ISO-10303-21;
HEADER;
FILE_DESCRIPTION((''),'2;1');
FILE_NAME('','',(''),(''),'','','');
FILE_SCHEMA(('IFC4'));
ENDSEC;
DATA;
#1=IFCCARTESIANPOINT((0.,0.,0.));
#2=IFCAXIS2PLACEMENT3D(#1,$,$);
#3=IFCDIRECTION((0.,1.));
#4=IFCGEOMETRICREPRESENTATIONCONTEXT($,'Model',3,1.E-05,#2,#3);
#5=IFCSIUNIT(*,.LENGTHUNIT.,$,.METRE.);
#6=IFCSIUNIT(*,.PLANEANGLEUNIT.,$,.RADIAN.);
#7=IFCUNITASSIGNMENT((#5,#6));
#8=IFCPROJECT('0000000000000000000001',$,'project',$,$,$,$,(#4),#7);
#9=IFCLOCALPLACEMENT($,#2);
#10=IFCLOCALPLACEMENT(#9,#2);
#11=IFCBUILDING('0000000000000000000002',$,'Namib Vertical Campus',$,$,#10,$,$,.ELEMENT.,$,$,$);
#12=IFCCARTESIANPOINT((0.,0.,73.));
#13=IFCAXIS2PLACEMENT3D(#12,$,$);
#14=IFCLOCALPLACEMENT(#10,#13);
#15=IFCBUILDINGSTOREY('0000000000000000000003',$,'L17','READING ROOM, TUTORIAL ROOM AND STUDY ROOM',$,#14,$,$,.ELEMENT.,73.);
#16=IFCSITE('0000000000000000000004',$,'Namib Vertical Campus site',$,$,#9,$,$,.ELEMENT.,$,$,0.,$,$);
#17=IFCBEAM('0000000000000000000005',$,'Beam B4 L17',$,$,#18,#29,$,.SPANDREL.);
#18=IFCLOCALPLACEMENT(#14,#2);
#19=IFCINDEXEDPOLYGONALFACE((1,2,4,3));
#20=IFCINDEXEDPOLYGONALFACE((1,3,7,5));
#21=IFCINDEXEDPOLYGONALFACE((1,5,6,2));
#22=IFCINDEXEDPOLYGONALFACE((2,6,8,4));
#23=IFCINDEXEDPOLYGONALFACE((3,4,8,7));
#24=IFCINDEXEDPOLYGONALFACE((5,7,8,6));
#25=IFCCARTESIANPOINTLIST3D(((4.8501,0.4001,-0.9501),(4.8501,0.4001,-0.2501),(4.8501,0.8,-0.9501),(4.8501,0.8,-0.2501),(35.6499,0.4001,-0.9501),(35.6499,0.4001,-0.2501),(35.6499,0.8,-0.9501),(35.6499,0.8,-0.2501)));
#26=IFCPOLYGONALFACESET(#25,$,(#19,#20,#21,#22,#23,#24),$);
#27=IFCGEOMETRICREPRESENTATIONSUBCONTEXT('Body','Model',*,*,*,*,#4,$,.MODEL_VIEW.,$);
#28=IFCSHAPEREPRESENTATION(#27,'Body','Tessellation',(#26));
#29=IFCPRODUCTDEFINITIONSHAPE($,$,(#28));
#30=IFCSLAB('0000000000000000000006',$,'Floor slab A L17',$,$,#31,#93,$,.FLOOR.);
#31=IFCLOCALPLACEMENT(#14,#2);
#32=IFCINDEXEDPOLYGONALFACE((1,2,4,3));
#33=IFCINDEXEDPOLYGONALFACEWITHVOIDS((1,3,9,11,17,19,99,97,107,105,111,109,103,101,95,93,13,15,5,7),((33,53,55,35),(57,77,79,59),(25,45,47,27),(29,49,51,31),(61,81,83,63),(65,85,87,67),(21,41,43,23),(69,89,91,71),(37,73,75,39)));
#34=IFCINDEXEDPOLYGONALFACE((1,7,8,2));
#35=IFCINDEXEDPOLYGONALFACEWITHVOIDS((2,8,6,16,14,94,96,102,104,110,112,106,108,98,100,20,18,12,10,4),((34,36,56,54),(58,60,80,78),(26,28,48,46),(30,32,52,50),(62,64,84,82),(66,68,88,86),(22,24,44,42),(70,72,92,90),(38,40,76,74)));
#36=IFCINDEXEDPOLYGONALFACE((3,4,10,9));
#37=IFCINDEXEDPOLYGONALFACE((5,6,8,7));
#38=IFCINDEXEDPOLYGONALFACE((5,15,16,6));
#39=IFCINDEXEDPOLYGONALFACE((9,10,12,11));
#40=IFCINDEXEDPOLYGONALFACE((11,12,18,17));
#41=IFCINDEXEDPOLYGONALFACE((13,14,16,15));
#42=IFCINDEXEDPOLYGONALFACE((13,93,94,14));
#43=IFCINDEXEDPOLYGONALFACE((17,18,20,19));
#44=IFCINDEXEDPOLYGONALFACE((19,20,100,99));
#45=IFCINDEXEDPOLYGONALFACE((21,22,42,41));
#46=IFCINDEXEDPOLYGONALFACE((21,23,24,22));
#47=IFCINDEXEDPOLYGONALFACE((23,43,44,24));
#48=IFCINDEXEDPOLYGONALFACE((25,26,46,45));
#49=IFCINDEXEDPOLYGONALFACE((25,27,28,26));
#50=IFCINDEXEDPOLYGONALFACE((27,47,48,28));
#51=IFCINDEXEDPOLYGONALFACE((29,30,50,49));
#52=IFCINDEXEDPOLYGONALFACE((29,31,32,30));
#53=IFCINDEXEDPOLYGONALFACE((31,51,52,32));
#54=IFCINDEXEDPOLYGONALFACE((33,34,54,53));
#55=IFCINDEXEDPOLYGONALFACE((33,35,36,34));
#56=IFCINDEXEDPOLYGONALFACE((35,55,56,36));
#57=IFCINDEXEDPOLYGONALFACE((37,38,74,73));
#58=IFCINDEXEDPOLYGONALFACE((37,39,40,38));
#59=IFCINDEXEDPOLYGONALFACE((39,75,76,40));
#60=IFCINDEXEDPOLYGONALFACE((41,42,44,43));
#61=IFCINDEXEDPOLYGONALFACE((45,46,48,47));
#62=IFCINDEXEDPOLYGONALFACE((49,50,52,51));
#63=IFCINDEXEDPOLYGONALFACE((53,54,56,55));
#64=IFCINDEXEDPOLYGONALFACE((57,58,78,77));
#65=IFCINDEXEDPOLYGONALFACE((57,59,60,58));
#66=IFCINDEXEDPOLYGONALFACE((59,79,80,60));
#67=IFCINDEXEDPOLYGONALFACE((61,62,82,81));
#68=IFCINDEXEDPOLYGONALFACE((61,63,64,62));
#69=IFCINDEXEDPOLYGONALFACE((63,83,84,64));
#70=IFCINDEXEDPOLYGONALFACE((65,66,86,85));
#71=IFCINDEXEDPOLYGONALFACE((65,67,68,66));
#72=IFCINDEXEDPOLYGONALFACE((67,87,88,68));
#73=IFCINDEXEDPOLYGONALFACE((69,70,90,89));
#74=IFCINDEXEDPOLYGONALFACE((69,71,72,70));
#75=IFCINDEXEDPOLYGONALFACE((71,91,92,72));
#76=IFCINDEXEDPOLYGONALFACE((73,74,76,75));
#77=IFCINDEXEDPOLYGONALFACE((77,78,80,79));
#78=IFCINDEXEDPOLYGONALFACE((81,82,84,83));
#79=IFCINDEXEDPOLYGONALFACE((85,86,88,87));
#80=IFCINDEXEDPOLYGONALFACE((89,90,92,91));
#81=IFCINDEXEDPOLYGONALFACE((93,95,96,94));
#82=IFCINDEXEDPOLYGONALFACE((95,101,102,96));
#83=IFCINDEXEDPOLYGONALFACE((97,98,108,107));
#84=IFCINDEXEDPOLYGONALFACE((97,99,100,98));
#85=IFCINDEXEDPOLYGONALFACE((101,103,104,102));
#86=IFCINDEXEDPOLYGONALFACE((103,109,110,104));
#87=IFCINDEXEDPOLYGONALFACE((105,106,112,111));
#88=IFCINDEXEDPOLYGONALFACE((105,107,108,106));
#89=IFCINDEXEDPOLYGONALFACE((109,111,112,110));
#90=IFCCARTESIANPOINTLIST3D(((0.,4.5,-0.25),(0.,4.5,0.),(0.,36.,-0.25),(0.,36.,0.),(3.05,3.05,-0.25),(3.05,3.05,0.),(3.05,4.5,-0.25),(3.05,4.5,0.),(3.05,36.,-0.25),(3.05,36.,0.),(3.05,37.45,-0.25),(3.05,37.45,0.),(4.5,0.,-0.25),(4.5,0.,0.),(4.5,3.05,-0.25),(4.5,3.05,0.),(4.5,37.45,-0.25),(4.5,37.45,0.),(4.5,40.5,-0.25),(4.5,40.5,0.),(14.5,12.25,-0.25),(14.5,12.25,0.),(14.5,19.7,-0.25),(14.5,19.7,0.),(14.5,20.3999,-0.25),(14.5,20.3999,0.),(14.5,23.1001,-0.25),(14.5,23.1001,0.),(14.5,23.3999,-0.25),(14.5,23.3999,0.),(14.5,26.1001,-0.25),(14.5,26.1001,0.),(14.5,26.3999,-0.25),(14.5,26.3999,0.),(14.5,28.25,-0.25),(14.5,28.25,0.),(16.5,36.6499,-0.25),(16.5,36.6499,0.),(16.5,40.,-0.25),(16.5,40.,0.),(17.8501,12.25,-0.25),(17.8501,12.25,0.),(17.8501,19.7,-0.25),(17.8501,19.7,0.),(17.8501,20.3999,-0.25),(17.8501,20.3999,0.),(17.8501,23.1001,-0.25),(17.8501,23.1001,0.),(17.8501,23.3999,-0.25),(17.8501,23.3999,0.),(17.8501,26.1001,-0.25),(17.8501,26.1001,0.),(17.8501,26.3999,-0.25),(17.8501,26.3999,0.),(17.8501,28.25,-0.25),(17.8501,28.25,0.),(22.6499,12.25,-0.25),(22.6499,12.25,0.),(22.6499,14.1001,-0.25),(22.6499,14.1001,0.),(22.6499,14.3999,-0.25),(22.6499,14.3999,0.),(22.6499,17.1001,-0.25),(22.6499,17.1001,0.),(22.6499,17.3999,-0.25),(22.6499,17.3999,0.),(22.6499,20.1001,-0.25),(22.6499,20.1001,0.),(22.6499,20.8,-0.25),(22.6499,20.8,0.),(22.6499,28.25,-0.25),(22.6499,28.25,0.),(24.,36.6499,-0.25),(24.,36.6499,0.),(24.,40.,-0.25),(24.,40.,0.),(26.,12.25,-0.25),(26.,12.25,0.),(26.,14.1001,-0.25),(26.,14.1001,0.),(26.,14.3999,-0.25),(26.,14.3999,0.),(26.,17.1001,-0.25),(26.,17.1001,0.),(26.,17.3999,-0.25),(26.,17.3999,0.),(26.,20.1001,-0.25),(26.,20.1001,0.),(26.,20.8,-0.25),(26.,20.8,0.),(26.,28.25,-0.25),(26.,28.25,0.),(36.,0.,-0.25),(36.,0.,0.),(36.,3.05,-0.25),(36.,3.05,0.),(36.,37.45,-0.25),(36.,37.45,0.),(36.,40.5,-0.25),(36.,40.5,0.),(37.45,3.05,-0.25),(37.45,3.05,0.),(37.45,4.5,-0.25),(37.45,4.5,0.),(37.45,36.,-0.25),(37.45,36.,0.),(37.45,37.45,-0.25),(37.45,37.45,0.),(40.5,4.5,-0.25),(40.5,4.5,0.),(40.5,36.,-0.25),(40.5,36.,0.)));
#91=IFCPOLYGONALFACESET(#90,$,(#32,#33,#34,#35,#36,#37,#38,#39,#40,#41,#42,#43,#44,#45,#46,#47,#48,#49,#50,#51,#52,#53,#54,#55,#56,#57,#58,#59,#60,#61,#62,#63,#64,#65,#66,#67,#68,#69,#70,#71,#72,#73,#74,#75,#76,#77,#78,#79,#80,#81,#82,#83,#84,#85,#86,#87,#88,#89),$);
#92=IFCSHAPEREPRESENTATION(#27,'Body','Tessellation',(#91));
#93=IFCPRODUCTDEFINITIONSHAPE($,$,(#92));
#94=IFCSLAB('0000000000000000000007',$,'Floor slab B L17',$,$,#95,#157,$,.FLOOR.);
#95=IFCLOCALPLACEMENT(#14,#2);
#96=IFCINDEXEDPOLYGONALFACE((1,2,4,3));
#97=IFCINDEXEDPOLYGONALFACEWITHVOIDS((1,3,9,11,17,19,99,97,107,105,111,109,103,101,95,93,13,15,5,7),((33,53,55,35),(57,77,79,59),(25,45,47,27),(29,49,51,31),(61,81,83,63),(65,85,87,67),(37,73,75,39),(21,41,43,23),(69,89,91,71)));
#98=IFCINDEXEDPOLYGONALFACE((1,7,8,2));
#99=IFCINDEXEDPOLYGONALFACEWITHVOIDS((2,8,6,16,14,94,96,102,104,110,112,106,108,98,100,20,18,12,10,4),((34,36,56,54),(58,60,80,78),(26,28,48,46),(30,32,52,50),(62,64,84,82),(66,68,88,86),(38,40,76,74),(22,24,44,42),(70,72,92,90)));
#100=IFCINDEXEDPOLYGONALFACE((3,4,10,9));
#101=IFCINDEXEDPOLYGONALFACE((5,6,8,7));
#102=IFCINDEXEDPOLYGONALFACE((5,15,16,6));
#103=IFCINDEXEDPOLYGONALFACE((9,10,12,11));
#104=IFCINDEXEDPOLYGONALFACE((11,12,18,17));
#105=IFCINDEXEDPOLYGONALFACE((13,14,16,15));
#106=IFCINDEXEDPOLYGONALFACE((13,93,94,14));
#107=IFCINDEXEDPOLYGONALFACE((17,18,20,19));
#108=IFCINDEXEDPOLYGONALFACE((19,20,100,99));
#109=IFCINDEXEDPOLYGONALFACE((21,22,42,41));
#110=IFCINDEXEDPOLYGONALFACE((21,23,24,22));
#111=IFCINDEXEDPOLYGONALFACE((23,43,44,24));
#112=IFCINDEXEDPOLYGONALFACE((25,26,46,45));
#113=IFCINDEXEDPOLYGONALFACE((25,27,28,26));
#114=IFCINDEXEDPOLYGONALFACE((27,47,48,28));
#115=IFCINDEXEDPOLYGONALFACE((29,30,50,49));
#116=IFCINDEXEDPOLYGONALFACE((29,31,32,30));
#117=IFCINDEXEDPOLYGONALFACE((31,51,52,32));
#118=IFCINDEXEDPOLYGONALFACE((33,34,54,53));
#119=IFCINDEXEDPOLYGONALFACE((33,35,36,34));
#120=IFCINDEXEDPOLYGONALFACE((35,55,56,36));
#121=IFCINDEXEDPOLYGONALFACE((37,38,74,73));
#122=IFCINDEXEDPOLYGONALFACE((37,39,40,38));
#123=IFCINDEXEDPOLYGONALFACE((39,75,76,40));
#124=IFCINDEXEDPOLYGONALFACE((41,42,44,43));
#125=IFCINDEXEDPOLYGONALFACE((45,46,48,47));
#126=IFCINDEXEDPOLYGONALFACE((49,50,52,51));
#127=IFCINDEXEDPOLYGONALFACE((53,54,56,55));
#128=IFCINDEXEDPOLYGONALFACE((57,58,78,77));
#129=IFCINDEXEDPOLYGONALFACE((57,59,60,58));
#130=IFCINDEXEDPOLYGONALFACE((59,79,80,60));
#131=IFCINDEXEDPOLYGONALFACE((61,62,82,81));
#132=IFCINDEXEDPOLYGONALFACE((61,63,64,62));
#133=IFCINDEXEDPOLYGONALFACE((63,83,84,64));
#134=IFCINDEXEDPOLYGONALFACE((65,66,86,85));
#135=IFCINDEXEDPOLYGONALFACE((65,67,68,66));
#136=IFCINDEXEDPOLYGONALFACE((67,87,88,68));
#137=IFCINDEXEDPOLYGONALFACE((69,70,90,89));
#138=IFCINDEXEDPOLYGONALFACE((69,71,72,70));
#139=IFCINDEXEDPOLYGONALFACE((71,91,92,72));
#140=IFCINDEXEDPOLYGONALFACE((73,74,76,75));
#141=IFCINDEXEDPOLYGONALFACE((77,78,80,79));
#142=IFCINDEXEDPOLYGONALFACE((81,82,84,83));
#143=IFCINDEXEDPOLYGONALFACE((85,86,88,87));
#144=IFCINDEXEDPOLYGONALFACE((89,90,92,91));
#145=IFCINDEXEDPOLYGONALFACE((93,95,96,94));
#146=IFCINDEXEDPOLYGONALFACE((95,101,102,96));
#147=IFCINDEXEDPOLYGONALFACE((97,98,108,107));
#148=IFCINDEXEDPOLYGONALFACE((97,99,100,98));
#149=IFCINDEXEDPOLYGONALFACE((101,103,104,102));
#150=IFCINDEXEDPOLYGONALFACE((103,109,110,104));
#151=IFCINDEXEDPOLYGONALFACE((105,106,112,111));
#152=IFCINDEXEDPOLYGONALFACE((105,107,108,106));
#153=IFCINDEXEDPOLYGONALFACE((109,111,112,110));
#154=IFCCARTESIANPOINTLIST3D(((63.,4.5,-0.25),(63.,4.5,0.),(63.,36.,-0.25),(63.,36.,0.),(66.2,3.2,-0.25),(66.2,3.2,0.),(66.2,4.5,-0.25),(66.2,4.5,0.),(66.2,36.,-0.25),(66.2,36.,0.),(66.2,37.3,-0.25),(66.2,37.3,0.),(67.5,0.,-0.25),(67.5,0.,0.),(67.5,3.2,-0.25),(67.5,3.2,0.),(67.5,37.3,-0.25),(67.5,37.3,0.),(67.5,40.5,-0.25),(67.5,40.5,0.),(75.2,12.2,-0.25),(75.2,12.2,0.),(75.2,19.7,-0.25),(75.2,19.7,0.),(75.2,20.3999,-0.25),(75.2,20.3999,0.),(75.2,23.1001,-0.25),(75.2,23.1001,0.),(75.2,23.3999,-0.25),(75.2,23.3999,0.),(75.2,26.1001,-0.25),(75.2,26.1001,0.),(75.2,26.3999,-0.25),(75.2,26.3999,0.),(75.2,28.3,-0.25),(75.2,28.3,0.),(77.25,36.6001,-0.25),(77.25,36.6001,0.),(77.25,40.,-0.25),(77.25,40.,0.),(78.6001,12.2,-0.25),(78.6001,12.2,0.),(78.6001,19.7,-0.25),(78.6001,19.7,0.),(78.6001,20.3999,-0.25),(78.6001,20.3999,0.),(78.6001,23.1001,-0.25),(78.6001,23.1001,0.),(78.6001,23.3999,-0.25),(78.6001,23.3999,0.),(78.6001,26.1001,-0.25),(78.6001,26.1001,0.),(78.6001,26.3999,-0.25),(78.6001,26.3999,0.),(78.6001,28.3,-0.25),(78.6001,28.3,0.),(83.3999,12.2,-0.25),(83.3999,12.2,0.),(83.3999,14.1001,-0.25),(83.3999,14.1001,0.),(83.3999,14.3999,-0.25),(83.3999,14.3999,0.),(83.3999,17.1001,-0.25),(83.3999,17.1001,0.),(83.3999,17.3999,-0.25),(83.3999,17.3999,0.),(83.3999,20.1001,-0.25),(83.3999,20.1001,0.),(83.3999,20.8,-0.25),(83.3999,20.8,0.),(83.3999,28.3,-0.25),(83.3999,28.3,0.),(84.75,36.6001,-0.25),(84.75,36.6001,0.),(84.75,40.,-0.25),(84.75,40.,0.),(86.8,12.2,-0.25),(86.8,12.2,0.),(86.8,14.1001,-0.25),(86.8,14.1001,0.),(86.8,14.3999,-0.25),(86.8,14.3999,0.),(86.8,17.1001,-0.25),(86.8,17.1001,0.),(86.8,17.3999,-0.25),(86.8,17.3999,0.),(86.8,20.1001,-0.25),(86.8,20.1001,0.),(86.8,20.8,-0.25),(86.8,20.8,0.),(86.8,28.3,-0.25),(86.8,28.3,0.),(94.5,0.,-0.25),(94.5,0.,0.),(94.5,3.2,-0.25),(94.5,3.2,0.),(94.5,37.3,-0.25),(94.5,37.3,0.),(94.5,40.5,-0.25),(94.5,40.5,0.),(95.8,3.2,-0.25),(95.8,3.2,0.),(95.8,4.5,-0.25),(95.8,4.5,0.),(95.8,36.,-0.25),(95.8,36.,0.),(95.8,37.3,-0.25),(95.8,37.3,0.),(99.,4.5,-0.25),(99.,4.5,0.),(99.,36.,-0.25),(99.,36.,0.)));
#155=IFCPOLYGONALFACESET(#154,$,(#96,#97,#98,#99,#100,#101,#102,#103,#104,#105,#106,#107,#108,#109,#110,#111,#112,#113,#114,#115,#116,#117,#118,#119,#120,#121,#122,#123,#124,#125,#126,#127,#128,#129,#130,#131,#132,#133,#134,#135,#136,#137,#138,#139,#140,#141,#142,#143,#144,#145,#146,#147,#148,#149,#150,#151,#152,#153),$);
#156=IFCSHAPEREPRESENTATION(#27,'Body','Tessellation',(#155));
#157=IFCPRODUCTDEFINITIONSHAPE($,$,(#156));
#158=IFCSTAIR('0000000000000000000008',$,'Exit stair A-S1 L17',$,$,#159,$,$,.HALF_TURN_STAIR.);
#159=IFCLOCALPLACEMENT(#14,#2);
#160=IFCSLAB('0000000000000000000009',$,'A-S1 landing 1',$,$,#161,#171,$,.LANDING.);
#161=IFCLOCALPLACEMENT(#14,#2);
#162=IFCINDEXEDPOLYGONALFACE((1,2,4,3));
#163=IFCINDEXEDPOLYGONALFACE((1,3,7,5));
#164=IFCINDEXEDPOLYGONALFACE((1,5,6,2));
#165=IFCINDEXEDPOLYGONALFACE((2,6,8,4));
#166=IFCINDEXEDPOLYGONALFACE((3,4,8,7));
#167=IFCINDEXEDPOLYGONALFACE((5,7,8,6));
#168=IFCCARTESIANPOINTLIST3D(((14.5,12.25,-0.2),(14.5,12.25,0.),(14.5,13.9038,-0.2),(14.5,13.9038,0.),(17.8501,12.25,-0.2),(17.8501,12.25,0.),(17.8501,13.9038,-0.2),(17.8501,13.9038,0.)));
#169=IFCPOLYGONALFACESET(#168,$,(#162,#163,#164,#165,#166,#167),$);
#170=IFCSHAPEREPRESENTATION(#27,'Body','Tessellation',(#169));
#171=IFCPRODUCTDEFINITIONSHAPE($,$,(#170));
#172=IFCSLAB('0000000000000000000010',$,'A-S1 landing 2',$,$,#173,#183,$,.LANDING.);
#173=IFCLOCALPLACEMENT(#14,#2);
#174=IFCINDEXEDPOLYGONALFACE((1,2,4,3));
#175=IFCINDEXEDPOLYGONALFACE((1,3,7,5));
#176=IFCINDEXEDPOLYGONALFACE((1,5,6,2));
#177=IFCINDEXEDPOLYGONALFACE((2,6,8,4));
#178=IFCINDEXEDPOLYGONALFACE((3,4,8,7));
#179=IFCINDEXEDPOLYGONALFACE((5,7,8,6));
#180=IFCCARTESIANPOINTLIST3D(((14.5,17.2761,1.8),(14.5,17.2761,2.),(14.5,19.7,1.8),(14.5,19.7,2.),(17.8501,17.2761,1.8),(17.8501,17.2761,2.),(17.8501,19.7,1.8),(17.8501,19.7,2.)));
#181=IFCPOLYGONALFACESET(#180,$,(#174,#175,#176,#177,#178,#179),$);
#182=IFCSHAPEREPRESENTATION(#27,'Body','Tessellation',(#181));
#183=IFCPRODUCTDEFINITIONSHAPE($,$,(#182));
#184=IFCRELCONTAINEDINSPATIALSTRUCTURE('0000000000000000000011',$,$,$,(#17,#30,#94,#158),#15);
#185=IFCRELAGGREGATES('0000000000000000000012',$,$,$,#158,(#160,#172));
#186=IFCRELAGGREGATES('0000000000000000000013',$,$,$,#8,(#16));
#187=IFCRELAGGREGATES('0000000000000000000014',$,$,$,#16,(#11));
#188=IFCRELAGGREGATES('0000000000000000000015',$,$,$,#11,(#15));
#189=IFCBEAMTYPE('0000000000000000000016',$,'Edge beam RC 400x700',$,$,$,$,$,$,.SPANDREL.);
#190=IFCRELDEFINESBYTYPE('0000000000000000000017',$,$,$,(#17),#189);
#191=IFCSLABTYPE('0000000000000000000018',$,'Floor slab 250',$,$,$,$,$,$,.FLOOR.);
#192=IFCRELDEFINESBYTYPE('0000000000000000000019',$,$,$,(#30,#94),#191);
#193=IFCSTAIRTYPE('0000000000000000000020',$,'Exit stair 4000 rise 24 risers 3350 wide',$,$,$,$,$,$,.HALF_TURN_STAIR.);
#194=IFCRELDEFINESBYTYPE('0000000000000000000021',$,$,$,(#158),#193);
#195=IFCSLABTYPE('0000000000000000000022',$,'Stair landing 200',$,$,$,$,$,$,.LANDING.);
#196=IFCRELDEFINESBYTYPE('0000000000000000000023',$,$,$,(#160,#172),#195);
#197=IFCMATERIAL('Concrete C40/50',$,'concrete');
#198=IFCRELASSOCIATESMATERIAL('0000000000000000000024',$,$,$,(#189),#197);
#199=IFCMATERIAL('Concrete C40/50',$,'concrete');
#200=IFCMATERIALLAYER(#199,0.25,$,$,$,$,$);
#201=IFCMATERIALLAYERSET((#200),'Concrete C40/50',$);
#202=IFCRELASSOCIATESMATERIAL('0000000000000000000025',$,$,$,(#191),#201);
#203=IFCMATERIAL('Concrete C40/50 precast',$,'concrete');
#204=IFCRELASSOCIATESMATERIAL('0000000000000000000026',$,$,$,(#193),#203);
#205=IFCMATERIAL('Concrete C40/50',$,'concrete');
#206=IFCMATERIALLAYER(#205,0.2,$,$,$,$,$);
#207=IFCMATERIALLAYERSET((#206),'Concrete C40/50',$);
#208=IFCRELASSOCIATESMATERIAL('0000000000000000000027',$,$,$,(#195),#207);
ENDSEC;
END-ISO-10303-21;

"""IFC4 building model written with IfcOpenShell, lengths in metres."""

from ifc_helpers import new_model, si_unit, direction, frame, origin, origin_2d, place, context, subcontext, project, spatial, polyline, rectangle, outline, extrude, material, layer, layer_set, material_profile, profile_set, type_object, element, aggregate, save


model = new_model("IFC4")

# Units and contexts
model_context = context("Model", 3, precision=1e-05, world=origin(), true_north=direction((0.0, 1.0)))
body_context = subcontext(model_context, "Body", "Model", "MODEL_VIEW")
ifc_project = project(units=[si_unit("LENGTHUNIT", "METRE"), si_unit("PLANEANGLEUNIT", "RADIAN")], contexts=[model_context])

# Site, building, storey
site_placement = place(None, origin())
site = spatial("IfcSite", under=ifc_project, at=site_placement, Name="Namib Vertical Campus site", CompositionType="ELEMENT", RefElevation=0.0)
building_placement = place(site_placement, origin())
building = spatial("IfcBuilding", under=site, at=building_placement, Name="Namib Vertical Campus", CompositionType="ELEMENT")
storey_placement = place(building_placement, frame((0.0, 0.0, 73.0)))
storey = spatial("IfcBuildingStorey", under=building, at=storey_placement, Name="L17", Description="READING ROOM, TUTORIAL ROOM AND STUDY ROOM", CompositionType="ELEMENT", Elevation=73.0)

# Beam
ifc_material_1 = material(Name="Concrete C40/50", Category="concrete")
ifc_material_profile = material_profile(ifc_material_1, rectangle(XDim=0.3999, YDim=0.7, at=origin_2d()))
ifc_profile_set = profile_set([ifc_material_profile], Name="Concrete C40/50")
beam_type = type_object("IfcBeamType", Name="Edge beam RC 400x700", PredefinedType="SPANDREL", material=ifc_profile_set)
beam_placement = place(storey_placement, frame((4.8501, 0.6001, -0.6001), z_axis=(1.0, 0.0, 0.0), x_axis=(0.0, 1.0, 0.0)))
element("IfcBeam", 1, at=beam_placement, inside=storey, type_object=beam_type, Name="Beam B4 L17", PredefinedType="SPANDREL", context=body_context, shape_type="SweptSolid", body=[
    extrude(rectangle(XDim=0.3999, YDim=0.7, at=origin_2d()), origin(), (0.0, 0.0, 1.0), 30.7998),
])

# Slabs
ifc_material_2 = material(Name="Concrete C40/50", Category="concrete")
ifc_layer_1 = layer(ifc_material_2, 0.25)
ifc_layer_set_1 = layer_set([ifc_layer_1], Name="Concrete C40/50")
slab_type_1 = type_object("IfcSlabType", Name="Floor slab 250", PredefinedType="FLOOR", material=ifc_layer_set_1)
slab_1_placement = place(storey_placement, frame((0.0, 0.0, -0.25)))
element("IfcSlab", 2, at=slab_1_placement, inside=storey, type_object=slab_type_1, Name="Floor slab A L17", PredefinedType="FLOOR", context=body_context, shape_type="SweptSolid", body=[
    extrude(outline(polyline([(4.5, 0.0), (36.0, 0.0), (36.0, 3.05), (37.45, 3.05), (37.45, 4.5), (40.5, 4.5), (40.5, 36.0), (37.45, 36.0), (37.45, 37.45), (36.0, 37.45), (36.0, 40.5), (4.5, 40.5), (4.5, 37.45), (3.05, 37.45), (3.05, 36.0), (0.0, 36.0), (0.0, 4.5), (3.05, 4.5), (3.05, 3.05), (4.5, 3.05), (4.5, 0.0)]), holes=[polyline([(14.5, 12.25), (17.8501, 12.25), (17.8501, 19.7), (14.5, 19.7), (14.5, 12.25)]), polyline([(22.6499, 20.8), (26.0, 20.8), (26.0, 28.25), (22.6499, 28.25), (22.6499, 20.8)]), polyline([(22.6499, 12.25), (26.0, 12.25), (26.0, 14.1001), (22.6499, 14.1001), (22.6499, 12.25)]), polyline([(14.5, 20.3999), (17.8501, 20.3999), (17.8501, 23.1001), (14.5, 23.1001), (14.5, 20.3999)]), polyline([(14.5, 23.3999), (17.8501, 23.3999), (17.8501, 26.1001), (14.5, 26.1001), (14.5, 23.3999)]), polyline([(14.5, 26.3999), (17.8501, 26.3999), (17.8501, 28.25), (14.5, 28.25), (14.5, 26.3999)]), polyline([(22.6499, 14.3999), (26.0, 14.3999), (26.0, 17.1001), (22.6499, 17.1001), (22.6499, 14.3999)]), polyline([(22.6499, 17.3999), (26.0, 17.3999), (26.0, 20.1001), (22.6499, 20.1001), (22.6499, 17.3999)]), polyline([(16.5, 36.6499), (24.0, 36.6499), (24.0, 40.0), (16.5, 40.0), (16.5, 36.6499)])]), origin(), (0.0, 0.0, 1.0), 0.25),
])
slab_2_placement = place(storey_placement, frame((0.0, 0.0, -0.25)))
element("IfcSlab", 3, at=slab_2_placement, inside=storey, type_object=slab_type_1, Name="Floor slab B L17", PredefinedType="FLOOR", context=body_context, shape_type="SweptSolid", body=[
    extrude(outline(polyline([(67.5, 0.0), (94.5, 0.0), (94.5, 3.2), (95.8, 3.2), (95.8, 4.5), (99.0, 4.5), (99.0, 36.0), (95.8, 36.0), (95.8, 37.3), (94.5, 37.3), (94.5, 40.5), (67.5, 40.5), (67.5, 37.3), (66.2, 37.3), (66.2, 36.0), (63.0, 36.0), (63.0, 4.5), (66.2, 4.5), (66.2, 3.2), (67.5, 3.2), (67.5, 0.0)]), holes=[polyline([(75.2, 12.2), (78.6001, 12.2), (78.6001, 19.7), (75.2, 19.7), (75.2, 12.2)]), polyline([(83.3999, 20.8), (86.8, 20.8), (86.8, 28.3), (83.3999, 28.3), (83.3999, 20.8)]), polyline([(83.3999, 12.2), (86.8, 12.2), (86.8, 14.1001), (83.3999, 14.1001), (83.3999, 12.2)]), polyline([(75.2, 20.3999), (78.6001, 20.3999), (78.6001, 23.1001), (75.2, 23.1001), (75.2, 20.3999)]), polyline([(75.2, 23.3999), (78.6001, 23.3999), (78.6001, 26.1001), (75.2, 26.1001), (75.2, 23.3999)]), polyline([(75.2, 26.3999), (78.6001, 26.3999), (78.6001, 28.3), (75.2, 28.3), (75.2, 26.3999)]), polyline([(83.3999, 14.3999), (86.8, 14.3999), (86.8, 17.1001), (83.3999, 17.1001), (83.3999, 14.3999)]), polyline([(83.3999, 17.3999), (86.8, 17.3999), (86.8, 20.1001), (83.3999, 20.1001), (83.3999, 17.3999)]), polyline([(77.25, 36.6001), (84.75, 36.6001), (84.75, 40.0), (77.25, 40.0), (77.25, 36.6001)])]), origin(), (0.0, 0.0, 1.0), 0.25),
])

# Stair, slabs
ifc_material_3 = material(Name="Concrete C40/50 precast", Category="concrete")
stair_type_1 = type_object("IfcStairType", Name="Exit stair 4000 rise 24 risers 3350 wide", PredefinedType="HALF_TURN_STAIR", material=ifc_material_3)
stair_1_placement = place(storey_placement, origin())
stair_1 = element("IfcStair", 4, at=stair_1_placement, inside=storey, type_object=stair_type_1, Name="Exit stair A-S1 L17", PredefinedType="HALF_TURN_STAIR")
ifc_material_4 = material(Name="Concrete C40/50", Category="concrete")
ifc_layer_2 = layer(ifc_material_4, 0.2)
ifc_layer_set_2 = layer_set([ifc_layer_2], Name="Concrete C40/50")
slab_type_2 = type_object("IfcSlabType", Name="Stair landing 200", PredefinedType="LANDING", material=ifc_layer_set_2)
slab_3_placement = place(storey_placement, frame((0.0, 0.0, -0.2)))
slab_3 = element("IfcSlab", 5, at=slab_3_placement, type_object=slab_type_2, Name="A-S1 landing 1", PredefinedType="LANDING", context=body_context, shape_type="SweptSolid", body=[
    extrude(outline(polyline([(14.5, 12.25), (17.8501, 12.25), (17.8501, 13.9038), (14.5, 13.9038), (14.5, 12.25)])), origin(), (0.0, 0.0, 1.0), 0.2),
])
slab_4_placement = place(storey_placement, frame((0.0, 0.0, 1.8)))
slab_4 = element("IfcSlab", 6, at=slab_4_placement, type_object=slab_type_2, Name="A-S1 landing 2", PredefinedType="LANDING", context=body_context, shape_type="SweptSolid", body=[
    extrude(outline(polyline([(14.5, 17.2761), (17.8501, 17.2761), (17.8501, 19.7), (14.5, 19.7), (14.5, 17.2761)])), origin(), (0.0, 0.0, 1.0), 0.2),
])
aggregate(stair_1, [slab_3, slab_4])

save(model, "model.ifc")
